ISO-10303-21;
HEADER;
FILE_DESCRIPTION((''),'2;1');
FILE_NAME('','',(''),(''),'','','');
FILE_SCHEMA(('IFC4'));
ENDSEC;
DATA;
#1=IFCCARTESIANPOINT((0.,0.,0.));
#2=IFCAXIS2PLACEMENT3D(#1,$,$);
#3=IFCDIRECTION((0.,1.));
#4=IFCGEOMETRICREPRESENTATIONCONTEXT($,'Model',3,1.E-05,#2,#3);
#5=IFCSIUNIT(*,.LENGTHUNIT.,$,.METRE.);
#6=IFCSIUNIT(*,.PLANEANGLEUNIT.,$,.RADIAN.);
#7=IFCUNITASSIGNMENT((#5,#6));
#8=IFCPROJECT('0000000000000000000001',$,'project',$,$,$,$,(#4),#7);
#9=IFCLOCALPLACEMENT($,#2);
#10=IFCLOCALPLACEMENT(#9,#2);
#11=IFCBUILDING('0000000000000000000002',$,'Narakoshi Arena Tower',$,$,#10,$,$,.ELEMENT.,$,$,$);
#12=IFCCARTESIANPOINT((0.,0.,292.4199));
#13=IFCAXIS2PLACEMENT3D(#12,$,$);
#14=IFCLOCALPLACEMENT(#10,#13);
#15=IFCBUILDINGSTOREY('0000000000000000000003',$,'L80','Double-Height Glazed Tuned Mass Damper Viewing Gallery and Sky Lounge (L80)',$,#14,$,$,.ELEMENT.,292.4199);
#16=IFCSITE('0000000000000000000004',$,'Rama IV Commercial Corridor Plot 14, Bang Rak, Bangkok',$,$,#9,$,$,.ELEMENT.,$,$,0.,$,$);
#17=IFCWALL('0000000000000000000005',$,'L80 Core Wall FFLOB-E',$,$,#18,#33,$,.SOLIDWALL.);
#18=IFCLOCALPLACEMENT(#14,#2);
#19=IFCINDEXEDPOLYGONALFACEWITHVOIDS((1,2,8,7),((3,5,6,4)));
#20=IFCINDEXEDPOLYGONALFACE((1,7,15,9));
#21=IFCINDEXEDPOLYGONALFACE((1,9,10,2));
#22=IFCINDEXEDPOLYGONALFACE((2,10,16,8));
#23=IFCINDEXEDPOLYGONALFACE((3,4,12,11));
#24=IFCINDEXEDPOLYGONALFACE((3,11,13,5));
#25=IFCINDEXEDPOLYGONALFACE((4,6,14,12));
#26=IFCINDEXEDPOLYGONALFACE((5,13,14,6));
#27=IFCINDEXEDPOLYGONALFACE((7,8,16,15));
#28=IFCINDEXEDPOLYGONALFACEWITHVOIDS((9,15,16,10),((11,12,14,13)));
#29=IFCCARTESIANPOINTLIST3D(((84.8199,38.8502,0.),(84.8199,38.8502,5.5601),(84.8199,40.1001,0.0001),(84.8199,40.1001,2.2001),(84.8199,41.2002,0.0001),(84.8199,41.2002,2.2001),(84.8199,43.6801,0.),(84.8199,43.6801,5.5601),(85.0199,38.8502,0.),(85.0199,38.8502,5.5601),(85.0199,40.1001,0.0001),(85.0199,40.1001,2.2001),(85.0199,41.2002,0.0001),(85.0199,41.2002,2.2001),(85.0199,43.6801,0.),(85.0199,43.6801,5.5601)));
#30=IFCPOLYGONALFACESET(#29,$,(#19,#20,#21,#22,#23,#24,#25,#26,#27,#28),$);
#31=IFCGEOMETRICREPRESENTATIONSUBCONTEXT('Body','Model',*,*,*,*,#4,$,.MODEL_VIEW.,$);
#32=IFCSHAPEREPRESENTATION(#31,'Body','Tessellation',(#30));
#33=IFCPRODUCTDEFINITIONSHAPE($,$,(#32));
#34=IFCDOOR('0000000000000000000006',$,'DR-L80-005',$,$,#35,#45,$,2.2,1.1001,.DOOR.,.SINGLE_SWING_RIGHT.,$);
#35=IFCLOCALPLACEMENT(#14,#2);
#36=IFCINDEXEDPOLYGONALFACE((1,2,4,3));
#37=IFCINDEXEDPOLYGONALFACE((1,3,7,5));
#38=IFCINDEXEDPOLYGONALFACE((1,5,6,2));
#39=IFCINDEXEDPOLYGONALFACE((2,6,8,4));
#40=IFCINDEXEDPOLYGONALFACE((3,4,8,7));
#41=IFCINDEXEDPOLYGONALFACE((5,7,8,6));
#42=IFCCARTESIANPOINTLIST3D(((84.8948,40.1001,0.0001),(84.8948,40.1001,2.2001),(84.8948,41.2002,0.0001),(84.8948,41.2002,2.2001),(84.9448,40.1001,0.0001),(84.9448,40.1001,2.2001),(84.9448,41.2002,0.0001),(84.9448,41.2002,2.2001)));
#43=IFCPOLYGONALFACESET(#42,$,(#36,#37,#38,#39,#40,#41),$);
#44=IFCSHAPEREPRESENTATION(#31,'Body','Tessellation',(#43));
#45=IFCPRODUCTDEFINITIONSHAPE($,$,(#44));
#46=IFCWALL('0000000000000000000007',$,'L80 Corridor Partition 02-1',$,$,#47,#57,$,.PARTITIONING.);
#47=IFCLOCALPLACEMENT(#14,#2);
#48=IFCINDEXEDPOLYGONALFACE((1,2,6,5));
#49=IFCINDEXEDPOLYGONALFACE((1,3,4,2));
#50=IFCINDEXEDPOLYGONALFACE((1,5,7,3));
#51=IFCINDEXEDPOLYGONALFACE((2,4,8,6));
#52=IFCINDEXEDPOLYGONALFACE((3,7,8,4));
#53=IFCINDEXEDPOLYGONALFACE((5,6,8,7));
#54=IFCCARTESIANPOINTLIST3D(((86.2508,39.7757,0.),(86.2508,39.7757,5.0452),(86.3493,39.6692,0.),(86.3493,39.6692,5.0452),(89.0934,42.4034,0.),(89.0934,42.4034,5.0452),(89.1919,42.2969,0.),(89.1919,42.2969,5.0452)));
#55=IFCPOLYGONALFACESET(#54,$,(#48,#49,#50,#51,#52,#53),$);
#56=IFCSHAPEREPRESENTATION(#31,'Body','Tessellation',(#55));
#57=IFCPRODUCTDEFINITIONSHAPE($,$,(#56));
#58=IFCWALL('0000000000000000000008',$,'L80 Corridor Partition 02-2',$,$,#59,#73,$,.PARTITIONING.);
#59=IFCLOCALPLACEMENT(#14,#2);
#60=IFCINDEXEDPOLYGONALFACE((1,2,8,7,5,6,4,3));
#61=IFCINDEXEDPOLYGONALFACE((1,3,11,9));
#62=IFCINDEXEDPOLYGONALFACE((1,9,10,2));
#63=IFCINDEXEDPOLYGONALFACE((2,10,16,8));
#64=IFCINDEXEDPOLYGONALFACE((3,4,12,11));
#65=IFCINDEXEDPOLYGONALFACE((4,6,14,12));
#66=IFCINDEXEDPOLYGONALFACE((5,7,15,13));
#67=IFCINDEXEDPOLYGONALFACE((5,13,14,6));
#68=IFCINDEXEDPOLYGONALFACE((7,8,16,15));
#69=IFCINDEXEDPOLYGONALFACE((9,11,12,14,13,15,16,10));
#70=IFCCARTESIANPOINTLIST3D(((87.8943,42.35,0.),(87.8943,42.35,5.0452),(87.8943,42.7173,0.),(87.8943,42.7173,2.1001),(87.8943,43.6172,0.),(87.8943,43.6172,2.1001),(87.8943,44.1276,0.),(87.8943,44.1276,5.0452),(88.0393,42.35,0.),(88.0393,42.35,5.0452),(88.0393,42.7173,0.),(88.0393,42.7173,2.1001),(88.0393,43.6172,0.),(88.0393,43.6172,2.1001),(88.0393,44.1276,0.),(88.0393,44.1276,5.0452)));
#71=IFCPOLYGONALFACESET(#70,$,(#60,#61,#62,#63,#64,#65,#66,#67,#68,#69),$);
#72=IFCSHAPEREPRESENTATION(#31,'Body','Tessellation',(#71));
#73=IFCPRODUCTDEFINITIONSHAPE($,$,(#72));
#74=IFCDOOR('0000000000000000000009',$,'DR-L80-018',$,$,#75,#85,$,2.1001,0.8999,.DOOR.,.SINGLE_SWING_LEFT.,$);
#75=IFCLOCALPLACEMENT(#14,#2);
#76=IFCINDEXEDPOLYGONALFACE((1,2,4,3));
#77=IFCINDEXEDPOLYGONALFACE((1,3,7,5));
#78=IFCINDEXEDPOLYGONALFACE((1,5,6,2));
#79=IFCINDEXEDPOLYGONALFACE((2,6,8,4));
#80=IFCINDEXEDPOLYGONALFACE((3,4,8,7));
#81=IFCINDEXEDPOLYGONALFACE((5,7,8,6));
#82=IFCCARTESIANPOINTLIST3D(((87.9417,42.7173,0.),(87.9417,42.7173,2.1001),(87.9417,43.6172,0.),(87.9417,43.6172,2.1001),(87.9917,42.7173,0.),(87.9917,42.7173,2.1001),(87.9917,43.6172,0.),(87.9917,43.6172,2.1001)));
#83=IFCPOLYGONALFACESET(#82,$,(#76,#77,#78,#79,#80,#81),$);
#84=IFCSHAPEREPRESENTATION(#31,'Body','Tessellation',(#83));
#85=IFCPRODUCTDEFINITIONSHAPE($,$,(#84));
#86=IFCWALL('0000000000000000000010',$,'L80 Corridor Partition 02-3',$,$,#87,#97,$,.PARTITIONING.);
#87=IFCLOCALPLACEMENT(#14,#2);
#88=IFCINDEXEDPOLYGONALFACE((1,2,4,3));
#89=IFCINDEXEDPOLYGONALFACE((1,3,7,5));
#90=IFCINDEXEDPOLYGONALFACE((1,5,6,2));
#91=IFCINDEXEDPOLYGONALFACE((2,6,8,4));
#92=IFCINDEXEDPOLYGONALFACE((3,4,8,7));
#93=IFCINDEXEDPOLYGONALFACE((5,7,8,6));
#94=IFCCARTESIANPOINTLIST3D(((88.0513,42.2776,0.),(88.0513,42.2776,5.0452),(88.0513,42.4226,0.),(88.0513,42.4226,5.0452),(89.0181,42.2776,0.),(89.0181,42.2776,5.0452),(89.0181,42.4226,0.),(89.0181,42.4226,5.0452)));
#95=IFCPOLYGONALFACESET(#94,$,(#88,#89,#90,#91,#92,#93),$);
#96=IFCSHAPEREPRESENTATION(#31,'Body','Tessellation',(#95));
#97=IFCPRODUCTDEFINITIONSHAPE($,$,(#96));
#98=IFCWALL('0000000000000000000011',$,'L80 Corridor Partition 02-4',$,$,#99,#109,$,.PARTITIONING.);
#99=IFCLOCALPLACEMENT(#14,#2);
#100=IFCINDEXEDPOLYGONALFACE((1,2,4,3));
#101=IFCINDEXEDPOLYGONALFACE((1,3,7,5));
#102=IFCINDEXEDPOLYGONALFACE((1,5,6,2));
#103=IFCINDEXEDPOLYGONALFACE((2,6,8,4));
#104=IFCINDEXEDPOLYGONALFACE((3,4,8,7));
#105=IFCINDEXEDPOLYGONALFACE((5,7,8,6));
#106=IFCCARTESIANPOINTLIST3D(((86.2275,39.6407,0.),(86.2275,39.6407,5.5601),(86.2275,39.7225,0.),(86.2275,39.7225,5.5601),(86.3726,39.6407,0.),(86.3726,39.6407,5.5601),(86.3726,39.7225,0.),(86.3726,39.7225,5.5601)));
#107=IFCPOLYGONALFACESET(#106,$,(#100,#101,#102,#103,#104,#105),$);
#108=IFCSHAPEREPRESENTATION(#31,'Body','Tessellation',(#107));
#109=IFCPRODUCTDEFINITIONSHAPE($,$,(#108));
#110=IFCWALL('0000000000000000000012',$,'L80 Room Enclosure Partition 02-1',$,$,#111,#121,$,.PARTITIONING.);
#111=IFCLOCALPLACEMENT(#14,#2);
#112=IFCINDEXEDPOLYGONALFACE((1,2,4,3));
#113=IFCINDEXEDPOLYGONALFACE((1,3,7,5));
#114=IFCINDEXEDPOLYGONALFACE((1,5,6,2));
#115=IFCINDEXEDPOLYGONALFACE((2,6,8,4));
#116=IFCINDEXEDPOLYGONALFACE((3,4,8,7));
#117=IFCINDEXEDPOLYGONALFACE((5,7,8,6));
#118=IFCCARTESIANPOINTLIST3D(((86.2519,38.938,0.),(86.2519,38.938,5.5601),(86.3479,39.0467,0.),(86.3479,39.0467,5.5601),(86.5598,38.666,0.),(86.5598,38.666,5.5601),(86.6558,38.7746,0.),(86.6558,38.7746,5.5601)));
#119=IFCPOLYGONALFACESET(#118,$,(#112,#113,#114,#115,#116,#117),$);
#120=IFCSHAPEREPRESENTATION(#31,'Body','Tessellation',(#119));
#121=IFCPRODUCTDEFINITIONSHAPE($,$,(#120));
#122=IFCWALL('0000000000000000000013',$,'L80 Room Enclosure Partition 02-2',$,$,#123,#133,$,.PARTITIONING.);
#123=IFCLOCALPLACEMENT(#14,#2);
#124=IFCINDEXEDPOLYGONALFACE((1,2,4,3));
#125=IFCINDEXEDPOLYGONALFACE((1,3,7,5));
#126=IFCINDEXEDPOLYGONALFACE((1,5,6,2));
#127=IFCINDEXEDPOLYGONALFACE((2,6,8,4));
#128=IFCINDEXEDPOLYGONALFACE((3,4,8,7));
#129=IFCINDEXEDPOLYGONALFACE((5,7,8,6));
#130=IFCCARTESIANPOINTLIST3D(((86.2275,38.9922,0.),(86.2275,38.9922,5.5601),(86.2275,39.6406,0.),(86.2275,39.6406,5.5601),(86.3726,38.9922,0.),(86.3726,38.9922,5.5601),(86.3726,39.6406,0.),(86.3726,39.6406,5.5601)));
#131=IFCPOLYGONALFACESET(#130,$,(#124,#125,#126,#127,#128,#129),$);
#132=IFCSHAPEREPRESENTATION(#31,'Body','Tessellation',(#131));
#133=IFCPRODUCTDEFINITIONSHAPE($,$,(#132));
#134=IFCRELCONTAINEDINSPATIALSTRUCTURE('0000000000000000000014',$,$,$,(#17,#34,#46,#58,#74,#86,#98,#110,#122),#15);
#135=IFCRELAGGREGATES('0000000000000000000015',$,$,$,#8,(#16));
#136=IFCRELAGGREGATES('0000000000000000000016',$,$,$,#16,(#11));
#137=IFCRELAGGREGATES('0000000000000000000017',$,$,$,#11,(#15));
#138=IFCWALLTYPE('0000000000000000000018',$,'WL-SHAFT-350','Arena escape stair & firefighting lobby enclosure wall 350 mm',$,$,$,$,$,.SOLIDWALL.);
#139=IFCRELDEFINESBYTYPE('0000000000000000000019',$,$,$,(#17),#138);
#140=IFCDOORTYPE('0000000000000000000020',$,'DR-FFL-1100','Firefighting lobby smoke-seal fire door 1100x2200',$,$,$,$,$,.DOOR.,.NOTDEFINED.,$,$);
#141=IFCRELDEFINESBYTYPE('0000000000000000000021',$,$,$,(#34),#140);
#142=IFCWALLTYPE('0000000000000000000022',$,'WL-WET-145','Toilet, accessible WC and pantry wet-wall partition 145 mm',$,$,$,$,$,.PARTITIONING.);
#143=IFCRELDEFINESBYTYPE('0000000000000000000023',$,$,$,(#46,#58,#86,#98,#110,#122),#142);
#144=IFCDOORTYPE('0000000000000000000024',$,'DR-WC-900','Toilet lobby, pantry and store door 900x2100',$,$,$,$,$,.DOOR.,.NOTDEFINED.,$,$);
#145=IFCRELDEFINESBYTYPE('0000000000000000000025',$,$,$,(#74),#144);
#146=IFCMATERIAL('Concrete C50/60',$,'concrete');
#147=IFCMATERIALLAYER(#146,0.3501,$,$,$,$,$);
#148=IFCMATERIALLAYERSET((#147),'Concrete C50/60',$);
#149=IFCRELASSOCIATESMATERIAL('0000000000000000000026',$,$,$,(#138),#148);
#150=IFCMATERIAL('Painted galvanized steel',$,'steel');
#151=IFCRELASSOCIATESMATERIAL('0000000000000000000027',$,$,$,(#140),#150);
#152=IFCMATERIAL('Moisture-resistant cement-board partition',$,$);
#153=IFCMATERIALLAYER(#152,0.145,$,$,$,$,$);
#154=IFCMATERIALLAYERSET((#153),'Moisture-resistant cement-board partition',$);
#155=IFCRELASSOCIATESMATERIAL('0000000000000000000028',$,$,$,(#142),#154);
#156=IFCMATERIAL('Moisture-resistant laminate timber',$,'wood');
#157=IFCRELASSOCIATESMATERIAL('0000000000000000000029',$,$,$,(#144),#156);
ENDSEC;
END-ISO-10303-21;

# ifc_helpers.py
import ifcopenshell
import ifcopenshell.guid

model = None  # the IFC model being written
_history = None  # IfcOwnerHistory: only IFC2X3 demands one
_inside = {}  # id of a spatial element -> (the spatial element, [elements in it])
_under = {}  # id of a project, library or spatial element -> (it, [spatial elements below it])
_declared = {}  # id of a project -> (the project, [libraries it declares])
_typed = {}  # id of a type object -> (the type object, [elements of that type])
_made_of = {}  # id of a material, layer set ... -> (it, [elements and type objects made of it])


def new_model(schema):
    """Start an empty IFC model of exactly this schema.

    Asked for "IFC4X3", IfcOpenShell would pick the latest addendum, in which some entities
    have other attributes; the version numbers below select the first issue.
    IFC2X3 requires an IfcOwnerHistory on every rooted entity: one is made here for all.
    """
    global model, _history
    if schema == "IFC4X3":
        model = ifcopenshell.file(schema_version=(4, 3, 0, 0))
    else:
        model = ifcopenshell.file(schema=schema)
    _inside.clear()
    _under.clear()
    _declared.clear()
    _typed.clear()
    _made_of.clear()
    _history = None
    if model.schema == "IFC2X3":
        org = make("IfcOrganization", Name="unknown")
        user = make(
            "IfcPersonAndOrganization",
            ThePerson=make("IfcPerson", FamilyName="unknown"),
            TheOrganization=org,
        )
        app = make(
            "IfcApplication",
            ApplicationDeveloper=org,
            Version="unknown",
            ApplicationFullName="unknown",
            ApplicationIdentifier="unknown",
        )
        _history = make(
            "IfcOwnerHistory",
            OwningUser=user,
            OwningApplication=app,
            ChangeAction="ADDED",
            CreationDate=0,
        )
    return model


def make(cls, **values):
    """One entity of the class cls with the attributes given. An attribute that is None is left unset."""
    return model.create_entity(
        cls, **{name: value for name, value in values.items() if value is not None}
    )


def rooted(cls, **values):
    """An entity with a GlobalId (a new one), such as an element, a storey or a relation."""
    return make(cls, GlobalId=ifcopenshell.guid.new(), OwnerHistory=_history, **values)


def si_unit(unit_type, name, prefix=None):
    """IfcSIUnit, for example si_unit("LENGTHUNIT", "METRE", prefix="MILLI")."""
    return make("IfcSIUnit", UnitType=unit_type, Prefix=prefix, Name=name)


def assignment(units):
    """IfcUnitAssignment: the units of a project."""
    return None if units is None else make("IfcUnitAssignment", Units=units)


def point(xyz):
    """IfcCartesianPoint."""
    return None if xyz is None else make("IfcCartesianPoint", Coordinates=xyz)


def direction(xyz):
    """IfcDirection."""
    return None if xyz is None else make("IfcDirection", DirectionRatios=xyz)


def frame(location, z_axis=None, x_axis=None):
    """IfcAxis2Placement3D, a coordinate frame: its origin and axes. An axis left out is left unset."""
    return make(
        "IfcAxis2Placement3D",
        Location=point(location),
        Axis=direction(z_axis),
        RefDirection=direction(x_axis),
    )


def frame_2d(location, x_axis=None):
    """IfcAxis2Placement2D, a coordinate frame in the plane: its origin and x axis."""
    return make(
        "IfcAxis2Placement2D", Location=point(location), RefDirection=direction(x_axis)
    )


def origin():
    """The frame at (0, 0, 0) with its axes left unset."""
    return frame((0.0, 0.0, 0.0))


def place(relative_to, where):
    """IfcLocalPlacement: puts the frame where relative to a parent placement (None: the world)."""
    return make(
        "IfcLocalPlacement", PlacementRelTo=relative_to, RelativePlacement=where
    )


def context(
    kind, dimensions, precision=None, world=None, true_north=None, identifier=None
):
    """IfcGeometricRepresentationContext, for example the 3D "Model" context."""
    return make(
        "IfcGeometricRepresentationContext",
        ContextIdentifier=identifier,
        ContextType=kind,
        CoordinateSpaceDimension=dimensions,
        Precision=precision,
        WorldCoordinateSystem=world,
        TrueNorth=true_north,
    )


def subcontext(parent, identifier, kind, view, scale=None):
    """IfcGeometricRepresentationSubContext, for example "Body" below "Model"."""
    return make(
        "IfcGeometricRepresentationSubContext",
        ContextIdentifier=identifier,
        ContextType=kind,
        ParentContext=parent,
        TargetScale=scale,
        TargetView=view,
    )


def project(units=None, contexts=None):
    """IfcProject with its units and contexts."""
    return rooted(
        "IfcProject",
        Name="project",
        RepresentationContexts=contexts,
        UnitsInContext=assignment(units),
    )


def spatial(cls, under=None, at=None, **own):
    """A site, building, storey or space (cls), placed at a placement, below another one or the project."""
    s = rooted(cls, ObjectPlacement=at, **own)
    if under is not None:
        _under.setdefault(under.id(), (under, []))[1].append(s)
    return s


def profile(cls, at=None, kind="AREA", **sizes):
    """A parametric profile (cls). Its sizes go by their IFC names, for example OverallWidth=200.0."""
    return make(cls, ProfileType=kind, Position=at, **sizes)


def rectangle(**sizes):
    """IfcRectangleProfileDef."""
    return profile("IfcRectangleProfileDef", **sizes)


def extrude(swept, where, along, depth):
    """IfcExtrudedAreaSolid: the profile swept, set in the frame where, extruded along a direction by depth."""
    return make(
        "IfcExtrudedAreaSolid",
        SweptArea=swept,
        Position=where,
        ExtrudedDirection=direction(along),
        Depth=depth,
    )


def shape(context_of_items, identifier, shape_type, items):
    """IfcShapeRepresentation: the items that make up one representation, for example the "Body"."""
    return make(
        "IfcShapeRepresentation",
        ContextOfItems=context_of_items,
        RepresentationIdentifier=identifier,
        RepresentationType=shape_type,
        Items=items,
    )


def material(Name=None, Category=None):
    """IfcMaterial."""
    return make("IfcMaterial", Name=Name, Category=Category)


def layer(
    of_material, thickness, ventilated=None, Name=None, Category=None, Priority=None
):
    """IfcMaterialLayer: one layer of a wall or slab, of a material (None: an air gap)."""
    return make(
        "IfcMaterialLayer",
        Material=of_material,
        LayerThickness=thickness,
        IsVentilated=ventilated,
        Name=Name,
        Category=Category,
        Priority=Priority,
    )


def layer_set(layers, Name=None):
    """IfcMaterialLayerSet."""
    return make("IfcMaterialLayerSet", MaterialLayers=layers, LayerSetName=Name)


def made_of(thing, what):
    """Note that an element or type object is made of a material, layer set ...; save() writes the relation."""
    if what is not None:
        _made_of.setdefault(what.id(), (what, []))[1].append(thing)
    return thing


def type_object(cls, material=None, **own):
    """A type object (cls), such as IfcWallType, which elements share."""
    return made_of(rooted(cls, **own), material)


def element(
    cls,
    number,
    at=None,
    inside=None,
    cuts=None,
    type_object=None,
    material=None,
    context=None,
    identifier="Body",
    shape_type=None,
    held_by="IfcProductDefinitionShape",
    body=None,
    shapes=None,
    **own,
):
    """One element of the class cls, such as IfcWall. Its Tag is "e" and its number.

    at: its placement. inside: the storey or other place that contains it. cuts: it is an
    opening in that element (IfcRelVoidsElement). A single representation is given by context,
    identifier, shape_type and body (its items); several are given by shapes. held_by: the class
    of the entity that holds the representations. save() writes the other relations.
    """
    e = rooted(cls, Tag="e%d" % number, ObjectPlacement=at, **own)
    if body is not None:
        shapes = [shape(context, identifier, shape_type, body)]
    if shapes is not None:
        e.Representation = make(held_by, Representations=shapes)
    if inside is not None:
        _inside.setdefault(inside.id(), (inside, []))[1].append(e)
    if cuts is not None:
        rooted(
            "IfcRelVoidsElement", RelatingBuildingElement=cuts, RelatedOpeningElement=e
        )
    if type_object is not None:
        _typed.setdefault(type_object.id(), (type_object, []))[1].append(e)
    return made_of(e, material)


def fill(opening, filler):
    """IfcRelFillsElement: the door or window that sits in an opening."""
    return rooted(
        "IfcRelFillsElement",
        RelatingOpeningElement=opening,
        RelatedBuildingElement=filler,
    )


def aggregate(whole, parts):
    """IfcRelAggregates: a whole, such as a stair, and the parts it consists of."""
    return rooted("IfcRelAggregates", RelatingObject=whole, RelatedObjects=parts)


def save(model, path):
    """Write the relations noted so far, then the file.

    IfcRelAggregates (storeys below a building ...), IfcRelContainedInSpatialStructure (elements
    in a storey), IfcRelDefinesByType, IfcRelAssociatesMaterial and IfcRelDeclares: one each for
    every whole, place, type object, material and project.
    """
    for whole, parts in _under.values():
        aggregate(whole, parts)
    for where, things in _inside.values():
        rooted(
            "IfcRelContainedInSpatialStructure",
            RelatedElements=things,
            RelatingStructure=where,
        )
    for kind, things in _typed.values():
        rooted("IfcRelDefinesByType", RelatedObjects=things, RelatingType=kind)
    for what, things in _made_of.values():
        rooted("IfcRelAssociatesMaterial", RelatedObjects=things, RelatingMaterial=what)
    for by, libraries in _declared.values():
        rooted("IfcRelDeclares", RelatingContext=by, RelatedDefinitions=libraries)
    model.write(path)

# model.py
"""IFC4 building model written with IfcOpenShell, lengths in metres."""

from ifc_helpers import new_model, si_unit, direction, frame, frame_2d, origin, place, context, subcontext, project, spatial, rectangle, extrude, material, layer, layer_set, type_object, element, fill, save


model = new_model("IFC4")

# Units and contexts
model_context = context("Model", 3, precision=1e-05, world=origin(), true_north=direction((0.0, 1.0)))
body_context = subcontext(model_context, "Body", "Model", "MODEL_VIEW")
ifc_project = project(units=[si_unit("LENGTHUNIT", "METRE"), si_unit("PLANEANGLEUNIT", "RADIAN")], contexts=[model_context])

# Site, building, storey
site_placement = place(None, origin())
site = spatial("IfcSite", under=ifc_project, at=site_placement, Name="Rama IV Commercial Corridor Plot 14, Bang Rak, Bangkok", CompositionType="ELEMENT", RefElevation=0.0)
building_placement = place(site_placement, origin())
building = spatial("IfcBuilding", under=site, at=building_placement, Name="Narakoshi Arena Tower", CompositionType="ELEMENT")
storey_placement = place(building_placement, frame((0.0, 0.0, 292.4199)))
storey = spatial("IfcBuildingStorey", under=building, at=storey_placement, Name="L80", Description="Double-Height Glazed Tuned Mass Damper Viewing Gallery and Sky Lounge (L80)", CompositionType="ELEMENT", Elevation=292.4199)

# Shared definitions
ifc_material_1 = material(Name="Concrete C50/60", Category="concrete")
ifc_layer_1 = layer(ifc_material_1, 0.3501)
ifc_layer_set_1 = layer_set([ifc_layer_1], Name="Concrete C50/60")
wall_type_1 = type_object("IfcWallType", Name="WL-SHAFT-350", Description="Arena escape stair & firefighting lobby enclosure wall 350 mm", PredefinedType="SOLIDWALL", material=ifc_layer_set_1)

# Wall, opening, door
wall_1_placement = place(storey_placement, frame((84.9199, 38.8501, 0.0), z_axis=(0.0, 0.0, 1.0), x_axis=(0.0, 1.0, 0.0)))
wall_1 = element("IfcWall", 1, at=wall_1_placement, inside=storey, type_object=wall_type_1, Name="L80 Core Wall FFLOB-E", PredefinedType="SOLIDWALL", context=body_context, shape_type="SweptSolid", body=[
    extrude(rectangle(XDim=4.8298, YDim=0.2, at=frame_2d((2.415, 0.0))), origin(), (0.0, 0.0, 1.0), 5.5601),
])
opening_1_placement = place(wall_1_placement, frame((1.25, 0.0, 0.0)))
opening_1 = element("IfcOpeningElement", 2, at=opening_1_placement, cuts=wall_1, PredefinedType="OPENING", context=body_context, shape_type="SweptSolid", body=[
    extrude(rectangle(XDim=1.1001, YDim=2.2, at=frame_2d((0.55, 1.1001))), frame((0.0, 0.1099, 0.0), z_axis=(0.0, -1.0, 0.0), x_axis=(1.0, 0.0, 0.0)), (0.0, 0.0, 1.0), 0.22),
])
ifc_material_2 = material(Name="Painted galvanized steel", Category="steel")
door_type_1 = type_object("IfcDoorType", Name="DR-FFL-1100", Description="Firefighting lobby smoke-seal fire door 1100x2200", OperationType="NOTDEFINED", PredefinedType="DOOR", material=ifc_material_2)
door_1_placement = place(opening_1_placement, frame((1.1001, 0.0, 0.0), z_axis=(0.0, 0.0, 1.0), x_axis=(-1.0, 0.0, 0.0)))
door_1 = element("IfcDoor", 3, at=door_1_placement, inside=storey, type_object=door_type_1, Name="DR-L80-005", OperationType="SINGLE_SWING_RIGHT", OverallHeight=2.2, OverallWidth=1.1001, PredefinedType="DOOR", context=body_context, shape_type="SweptSolid", body=[
    extrude(rectangle(XDim=1.1001, YDim=2.2, at=frame_2d((0.55, 1.1001))), frame((0.0, 0.0249, 0.0), z_axis=(0.0, -1.0, 0.0), x_axis=(1.0, 0.0, 0.0)), (0.0, 0.0, 1.0), 0.05),
])
fill(opening_1, door_1)

# Wall
ifc_material_3 = material(Name="Moisture-resistant cement-board partition")
ifc_layer_2 = layer(ifc_material_3, 0.145)
ifc_layer_set_2 = layer_set([ifc_layer_2], Name="Moisture-resistant cement-board partition")
wall_type_2 = type_object("IfcWallType", Name="WL-WET-145", Description="Toilet, accessible WC and pantry wet-wall partition 145 mm", PredefinedType="PARTITIONING", material=ifc_layer_set_2)
wall_2_placement = place(storey_placement, frame((86.3, 39.7224, 0.0), z_axis=(0.0, 0.0, 1.0), x_axis=(0.734312, 0.678812, 0.0)))
element("IfcWall", 4, at=wall_2_placement, inside=storey, type_object=wall_type_2, Name="L80 Corridor Partition 02-1", PredefinedType="PARTITIONING", context=body_context, shape_type="SweptSolid", body=[
    extrude(rectangle(XDim=3.8711, YDim=0.145, at=frame_2d((1.9355, 0.0))), origin(), (0.0, 0.0, 1.0), 5.0452),
])

# Wall, opening, door
wall_3_placement = place(storey_placement, frame((87.9668, 42.3501, 0.0), z_axis=(0.0, 0.0, 1.0), x_axis=(0.0, 1.0, 0.0)))
wall_3 = element("IfcWall", 5, at=wall_3_placement, inside=storey, type_object=wall_type_2, Name="L80 Corridor Partition 02-2", PredefinedType="PARTITIONING", context=body_context, shape_type="SweptSolid", body=[
    extrude(rectangle(XDim=1.7776, YDim=0.145, at=frame_2d((0.8887, 0.0))), origin(), (0.0, 0.0, 1.0), 5.0452),
])
opening_2_placement = place(wall_3_placement, frame((0.3672, 0.0, 0.0)))
opening_2 = element("IfcOpeningElement", 6, at=opening_2_placement, cuts=wall_3, PredefinedType="OPENING", context=body_context, shape_type="SweptSolid", body=[
    extrude(rectangle(XDim=0.8999, YDim=2.1001, at=frame_2d((0.45, 1.05))), frame((0.0, 0.0825, 0.0), z_axis=(0.0, -1.0, 0.0), x_axis=(1.0, 0.0, 0.0)), (0.0, 0.0, 1.0), 0.165),
])
ifc_material_4 = material(Name="Moisture-resistant laminate timber", Category="wood")
door_type_2 = type_object("IfcDoorType", Name="DR-WC-900", Description="Toilet lobby, pantry and store door 900x2100", OperationType="NOTDEFINED", PredefinedType="DOOR", material=ifc_material_4)
door_2_placement = place(opening_2_placement, frame((0.8999, 0.0, 0.0), z_axis=(0.0, 0.0, 1.0), x_axis=(-1.0, 0.0, 0.0)))
door_2 = element("IfcDoor", 7, at=door_2_placement, inside=storey, type_object=door_type_2, Name="DR-L80-018", OperationType="SINGLE_SWING_LEFT", OverallHeight=2.1001, OverallWidth=0.8999, PredefinedType="DOOR", context=body_context, shape_type="SweptSolid", body=[
    extrude(rectangle(XDim=0.8999, YDim=2.1001, at=frame_2d((0.45, 1.05))), frame((0.0, 0.0249, 0.0), z_axis=(0.0, -1.0, 0.0), x_axis=(1.0, 0.0, 0.0)), (0.0, 0.0, 1.0), 0.05),
])
fill(opening_2, door_2)

# Walls
wall_4_placement = place(storey_placement, frame((89.0181, 42.3501, 0.0), z_axis=(0.0, 0.0, 1.0), x_axis=(-1.0, 0.0, 0.0)))
element("IfcWall", 8, at=wall_4_placement, inside=storey, type_object=wall_type_2, Name="L80 Corridor Partition 02-3", PredefinedType="PARTITIONING", context=body_context, shape_type="SweptSolid", body=[
    extrude(rectangle(XDim=0.9668, YDim=0.145, at=frame_2d((0.4834, 0.0))), origin(), (0.0, 0.0, 1.0), 5.0452),
])
wall_5_placement = place(storey_placement, frame((86.3, 39.6406, 0.0), z_axis=(0.0, 0.0, 1.0), x_axis=(0.0, 1.0, 0.0)))
element("IfcWall", 9, at=wall_5_placement, inside=storey, type_object=wall_type_2, Name="L80 Corridor Partition 02-4", PredefinedType="PARTITIONING", context=body_context, shape_type="SweptSolid", body=[
    extrude(rectangle(XDim=0.0818, YDim=0.145, at=frame_2d((0.041, 0.0))), origin(), (0.0, 0.0, 1.0), 5.5601),
])
wall_6_placement = place(storey_placement, frame((86.6079, 38.7202, 0.0), z_axis=(0.0, 0.0, 1.0), x_axis=(-0.749439, 0.662074, 0.0)))
element("IfcWall", 10, at=wall_6_placement, inside=storey, type_object=wall_type_2, Name="L80 Room Enclosure Partition 02-1", PredefinedType="PARTITIONING", context=body_context, shape_type="SweptSolid", body=[
    extrude(rectangle(XDim=0.4109, YDim=0.145, at=frame_2d((0.2056, 0.0))), origin(), (0.0, 0.0, 1.0), 5.5601),
])
wall_7_placement = place(storey_placement, frame((86.3, 38.9922, 0.0), z_axis=(0.0, 0.0, 1.0), x_axis=(0.0, 1.0, 0.0)))
element("IfcWall", 11, at=wall_7_placement, inside=storey, type_object=wall_type_2, Name="L80 Room Enclosure Partition 02-2", PredefinedType="PARTITIONING", context=body_context, shape_type="SweptSolid", body=[
    extrude(rectangle(XDim=0.6484, YDim=0.145, at=frame_2d((0.3242, 0.0))), origin(), (0.0, 0.0, 1.0), 5.5601),
])

save(model, "model.ifc")
